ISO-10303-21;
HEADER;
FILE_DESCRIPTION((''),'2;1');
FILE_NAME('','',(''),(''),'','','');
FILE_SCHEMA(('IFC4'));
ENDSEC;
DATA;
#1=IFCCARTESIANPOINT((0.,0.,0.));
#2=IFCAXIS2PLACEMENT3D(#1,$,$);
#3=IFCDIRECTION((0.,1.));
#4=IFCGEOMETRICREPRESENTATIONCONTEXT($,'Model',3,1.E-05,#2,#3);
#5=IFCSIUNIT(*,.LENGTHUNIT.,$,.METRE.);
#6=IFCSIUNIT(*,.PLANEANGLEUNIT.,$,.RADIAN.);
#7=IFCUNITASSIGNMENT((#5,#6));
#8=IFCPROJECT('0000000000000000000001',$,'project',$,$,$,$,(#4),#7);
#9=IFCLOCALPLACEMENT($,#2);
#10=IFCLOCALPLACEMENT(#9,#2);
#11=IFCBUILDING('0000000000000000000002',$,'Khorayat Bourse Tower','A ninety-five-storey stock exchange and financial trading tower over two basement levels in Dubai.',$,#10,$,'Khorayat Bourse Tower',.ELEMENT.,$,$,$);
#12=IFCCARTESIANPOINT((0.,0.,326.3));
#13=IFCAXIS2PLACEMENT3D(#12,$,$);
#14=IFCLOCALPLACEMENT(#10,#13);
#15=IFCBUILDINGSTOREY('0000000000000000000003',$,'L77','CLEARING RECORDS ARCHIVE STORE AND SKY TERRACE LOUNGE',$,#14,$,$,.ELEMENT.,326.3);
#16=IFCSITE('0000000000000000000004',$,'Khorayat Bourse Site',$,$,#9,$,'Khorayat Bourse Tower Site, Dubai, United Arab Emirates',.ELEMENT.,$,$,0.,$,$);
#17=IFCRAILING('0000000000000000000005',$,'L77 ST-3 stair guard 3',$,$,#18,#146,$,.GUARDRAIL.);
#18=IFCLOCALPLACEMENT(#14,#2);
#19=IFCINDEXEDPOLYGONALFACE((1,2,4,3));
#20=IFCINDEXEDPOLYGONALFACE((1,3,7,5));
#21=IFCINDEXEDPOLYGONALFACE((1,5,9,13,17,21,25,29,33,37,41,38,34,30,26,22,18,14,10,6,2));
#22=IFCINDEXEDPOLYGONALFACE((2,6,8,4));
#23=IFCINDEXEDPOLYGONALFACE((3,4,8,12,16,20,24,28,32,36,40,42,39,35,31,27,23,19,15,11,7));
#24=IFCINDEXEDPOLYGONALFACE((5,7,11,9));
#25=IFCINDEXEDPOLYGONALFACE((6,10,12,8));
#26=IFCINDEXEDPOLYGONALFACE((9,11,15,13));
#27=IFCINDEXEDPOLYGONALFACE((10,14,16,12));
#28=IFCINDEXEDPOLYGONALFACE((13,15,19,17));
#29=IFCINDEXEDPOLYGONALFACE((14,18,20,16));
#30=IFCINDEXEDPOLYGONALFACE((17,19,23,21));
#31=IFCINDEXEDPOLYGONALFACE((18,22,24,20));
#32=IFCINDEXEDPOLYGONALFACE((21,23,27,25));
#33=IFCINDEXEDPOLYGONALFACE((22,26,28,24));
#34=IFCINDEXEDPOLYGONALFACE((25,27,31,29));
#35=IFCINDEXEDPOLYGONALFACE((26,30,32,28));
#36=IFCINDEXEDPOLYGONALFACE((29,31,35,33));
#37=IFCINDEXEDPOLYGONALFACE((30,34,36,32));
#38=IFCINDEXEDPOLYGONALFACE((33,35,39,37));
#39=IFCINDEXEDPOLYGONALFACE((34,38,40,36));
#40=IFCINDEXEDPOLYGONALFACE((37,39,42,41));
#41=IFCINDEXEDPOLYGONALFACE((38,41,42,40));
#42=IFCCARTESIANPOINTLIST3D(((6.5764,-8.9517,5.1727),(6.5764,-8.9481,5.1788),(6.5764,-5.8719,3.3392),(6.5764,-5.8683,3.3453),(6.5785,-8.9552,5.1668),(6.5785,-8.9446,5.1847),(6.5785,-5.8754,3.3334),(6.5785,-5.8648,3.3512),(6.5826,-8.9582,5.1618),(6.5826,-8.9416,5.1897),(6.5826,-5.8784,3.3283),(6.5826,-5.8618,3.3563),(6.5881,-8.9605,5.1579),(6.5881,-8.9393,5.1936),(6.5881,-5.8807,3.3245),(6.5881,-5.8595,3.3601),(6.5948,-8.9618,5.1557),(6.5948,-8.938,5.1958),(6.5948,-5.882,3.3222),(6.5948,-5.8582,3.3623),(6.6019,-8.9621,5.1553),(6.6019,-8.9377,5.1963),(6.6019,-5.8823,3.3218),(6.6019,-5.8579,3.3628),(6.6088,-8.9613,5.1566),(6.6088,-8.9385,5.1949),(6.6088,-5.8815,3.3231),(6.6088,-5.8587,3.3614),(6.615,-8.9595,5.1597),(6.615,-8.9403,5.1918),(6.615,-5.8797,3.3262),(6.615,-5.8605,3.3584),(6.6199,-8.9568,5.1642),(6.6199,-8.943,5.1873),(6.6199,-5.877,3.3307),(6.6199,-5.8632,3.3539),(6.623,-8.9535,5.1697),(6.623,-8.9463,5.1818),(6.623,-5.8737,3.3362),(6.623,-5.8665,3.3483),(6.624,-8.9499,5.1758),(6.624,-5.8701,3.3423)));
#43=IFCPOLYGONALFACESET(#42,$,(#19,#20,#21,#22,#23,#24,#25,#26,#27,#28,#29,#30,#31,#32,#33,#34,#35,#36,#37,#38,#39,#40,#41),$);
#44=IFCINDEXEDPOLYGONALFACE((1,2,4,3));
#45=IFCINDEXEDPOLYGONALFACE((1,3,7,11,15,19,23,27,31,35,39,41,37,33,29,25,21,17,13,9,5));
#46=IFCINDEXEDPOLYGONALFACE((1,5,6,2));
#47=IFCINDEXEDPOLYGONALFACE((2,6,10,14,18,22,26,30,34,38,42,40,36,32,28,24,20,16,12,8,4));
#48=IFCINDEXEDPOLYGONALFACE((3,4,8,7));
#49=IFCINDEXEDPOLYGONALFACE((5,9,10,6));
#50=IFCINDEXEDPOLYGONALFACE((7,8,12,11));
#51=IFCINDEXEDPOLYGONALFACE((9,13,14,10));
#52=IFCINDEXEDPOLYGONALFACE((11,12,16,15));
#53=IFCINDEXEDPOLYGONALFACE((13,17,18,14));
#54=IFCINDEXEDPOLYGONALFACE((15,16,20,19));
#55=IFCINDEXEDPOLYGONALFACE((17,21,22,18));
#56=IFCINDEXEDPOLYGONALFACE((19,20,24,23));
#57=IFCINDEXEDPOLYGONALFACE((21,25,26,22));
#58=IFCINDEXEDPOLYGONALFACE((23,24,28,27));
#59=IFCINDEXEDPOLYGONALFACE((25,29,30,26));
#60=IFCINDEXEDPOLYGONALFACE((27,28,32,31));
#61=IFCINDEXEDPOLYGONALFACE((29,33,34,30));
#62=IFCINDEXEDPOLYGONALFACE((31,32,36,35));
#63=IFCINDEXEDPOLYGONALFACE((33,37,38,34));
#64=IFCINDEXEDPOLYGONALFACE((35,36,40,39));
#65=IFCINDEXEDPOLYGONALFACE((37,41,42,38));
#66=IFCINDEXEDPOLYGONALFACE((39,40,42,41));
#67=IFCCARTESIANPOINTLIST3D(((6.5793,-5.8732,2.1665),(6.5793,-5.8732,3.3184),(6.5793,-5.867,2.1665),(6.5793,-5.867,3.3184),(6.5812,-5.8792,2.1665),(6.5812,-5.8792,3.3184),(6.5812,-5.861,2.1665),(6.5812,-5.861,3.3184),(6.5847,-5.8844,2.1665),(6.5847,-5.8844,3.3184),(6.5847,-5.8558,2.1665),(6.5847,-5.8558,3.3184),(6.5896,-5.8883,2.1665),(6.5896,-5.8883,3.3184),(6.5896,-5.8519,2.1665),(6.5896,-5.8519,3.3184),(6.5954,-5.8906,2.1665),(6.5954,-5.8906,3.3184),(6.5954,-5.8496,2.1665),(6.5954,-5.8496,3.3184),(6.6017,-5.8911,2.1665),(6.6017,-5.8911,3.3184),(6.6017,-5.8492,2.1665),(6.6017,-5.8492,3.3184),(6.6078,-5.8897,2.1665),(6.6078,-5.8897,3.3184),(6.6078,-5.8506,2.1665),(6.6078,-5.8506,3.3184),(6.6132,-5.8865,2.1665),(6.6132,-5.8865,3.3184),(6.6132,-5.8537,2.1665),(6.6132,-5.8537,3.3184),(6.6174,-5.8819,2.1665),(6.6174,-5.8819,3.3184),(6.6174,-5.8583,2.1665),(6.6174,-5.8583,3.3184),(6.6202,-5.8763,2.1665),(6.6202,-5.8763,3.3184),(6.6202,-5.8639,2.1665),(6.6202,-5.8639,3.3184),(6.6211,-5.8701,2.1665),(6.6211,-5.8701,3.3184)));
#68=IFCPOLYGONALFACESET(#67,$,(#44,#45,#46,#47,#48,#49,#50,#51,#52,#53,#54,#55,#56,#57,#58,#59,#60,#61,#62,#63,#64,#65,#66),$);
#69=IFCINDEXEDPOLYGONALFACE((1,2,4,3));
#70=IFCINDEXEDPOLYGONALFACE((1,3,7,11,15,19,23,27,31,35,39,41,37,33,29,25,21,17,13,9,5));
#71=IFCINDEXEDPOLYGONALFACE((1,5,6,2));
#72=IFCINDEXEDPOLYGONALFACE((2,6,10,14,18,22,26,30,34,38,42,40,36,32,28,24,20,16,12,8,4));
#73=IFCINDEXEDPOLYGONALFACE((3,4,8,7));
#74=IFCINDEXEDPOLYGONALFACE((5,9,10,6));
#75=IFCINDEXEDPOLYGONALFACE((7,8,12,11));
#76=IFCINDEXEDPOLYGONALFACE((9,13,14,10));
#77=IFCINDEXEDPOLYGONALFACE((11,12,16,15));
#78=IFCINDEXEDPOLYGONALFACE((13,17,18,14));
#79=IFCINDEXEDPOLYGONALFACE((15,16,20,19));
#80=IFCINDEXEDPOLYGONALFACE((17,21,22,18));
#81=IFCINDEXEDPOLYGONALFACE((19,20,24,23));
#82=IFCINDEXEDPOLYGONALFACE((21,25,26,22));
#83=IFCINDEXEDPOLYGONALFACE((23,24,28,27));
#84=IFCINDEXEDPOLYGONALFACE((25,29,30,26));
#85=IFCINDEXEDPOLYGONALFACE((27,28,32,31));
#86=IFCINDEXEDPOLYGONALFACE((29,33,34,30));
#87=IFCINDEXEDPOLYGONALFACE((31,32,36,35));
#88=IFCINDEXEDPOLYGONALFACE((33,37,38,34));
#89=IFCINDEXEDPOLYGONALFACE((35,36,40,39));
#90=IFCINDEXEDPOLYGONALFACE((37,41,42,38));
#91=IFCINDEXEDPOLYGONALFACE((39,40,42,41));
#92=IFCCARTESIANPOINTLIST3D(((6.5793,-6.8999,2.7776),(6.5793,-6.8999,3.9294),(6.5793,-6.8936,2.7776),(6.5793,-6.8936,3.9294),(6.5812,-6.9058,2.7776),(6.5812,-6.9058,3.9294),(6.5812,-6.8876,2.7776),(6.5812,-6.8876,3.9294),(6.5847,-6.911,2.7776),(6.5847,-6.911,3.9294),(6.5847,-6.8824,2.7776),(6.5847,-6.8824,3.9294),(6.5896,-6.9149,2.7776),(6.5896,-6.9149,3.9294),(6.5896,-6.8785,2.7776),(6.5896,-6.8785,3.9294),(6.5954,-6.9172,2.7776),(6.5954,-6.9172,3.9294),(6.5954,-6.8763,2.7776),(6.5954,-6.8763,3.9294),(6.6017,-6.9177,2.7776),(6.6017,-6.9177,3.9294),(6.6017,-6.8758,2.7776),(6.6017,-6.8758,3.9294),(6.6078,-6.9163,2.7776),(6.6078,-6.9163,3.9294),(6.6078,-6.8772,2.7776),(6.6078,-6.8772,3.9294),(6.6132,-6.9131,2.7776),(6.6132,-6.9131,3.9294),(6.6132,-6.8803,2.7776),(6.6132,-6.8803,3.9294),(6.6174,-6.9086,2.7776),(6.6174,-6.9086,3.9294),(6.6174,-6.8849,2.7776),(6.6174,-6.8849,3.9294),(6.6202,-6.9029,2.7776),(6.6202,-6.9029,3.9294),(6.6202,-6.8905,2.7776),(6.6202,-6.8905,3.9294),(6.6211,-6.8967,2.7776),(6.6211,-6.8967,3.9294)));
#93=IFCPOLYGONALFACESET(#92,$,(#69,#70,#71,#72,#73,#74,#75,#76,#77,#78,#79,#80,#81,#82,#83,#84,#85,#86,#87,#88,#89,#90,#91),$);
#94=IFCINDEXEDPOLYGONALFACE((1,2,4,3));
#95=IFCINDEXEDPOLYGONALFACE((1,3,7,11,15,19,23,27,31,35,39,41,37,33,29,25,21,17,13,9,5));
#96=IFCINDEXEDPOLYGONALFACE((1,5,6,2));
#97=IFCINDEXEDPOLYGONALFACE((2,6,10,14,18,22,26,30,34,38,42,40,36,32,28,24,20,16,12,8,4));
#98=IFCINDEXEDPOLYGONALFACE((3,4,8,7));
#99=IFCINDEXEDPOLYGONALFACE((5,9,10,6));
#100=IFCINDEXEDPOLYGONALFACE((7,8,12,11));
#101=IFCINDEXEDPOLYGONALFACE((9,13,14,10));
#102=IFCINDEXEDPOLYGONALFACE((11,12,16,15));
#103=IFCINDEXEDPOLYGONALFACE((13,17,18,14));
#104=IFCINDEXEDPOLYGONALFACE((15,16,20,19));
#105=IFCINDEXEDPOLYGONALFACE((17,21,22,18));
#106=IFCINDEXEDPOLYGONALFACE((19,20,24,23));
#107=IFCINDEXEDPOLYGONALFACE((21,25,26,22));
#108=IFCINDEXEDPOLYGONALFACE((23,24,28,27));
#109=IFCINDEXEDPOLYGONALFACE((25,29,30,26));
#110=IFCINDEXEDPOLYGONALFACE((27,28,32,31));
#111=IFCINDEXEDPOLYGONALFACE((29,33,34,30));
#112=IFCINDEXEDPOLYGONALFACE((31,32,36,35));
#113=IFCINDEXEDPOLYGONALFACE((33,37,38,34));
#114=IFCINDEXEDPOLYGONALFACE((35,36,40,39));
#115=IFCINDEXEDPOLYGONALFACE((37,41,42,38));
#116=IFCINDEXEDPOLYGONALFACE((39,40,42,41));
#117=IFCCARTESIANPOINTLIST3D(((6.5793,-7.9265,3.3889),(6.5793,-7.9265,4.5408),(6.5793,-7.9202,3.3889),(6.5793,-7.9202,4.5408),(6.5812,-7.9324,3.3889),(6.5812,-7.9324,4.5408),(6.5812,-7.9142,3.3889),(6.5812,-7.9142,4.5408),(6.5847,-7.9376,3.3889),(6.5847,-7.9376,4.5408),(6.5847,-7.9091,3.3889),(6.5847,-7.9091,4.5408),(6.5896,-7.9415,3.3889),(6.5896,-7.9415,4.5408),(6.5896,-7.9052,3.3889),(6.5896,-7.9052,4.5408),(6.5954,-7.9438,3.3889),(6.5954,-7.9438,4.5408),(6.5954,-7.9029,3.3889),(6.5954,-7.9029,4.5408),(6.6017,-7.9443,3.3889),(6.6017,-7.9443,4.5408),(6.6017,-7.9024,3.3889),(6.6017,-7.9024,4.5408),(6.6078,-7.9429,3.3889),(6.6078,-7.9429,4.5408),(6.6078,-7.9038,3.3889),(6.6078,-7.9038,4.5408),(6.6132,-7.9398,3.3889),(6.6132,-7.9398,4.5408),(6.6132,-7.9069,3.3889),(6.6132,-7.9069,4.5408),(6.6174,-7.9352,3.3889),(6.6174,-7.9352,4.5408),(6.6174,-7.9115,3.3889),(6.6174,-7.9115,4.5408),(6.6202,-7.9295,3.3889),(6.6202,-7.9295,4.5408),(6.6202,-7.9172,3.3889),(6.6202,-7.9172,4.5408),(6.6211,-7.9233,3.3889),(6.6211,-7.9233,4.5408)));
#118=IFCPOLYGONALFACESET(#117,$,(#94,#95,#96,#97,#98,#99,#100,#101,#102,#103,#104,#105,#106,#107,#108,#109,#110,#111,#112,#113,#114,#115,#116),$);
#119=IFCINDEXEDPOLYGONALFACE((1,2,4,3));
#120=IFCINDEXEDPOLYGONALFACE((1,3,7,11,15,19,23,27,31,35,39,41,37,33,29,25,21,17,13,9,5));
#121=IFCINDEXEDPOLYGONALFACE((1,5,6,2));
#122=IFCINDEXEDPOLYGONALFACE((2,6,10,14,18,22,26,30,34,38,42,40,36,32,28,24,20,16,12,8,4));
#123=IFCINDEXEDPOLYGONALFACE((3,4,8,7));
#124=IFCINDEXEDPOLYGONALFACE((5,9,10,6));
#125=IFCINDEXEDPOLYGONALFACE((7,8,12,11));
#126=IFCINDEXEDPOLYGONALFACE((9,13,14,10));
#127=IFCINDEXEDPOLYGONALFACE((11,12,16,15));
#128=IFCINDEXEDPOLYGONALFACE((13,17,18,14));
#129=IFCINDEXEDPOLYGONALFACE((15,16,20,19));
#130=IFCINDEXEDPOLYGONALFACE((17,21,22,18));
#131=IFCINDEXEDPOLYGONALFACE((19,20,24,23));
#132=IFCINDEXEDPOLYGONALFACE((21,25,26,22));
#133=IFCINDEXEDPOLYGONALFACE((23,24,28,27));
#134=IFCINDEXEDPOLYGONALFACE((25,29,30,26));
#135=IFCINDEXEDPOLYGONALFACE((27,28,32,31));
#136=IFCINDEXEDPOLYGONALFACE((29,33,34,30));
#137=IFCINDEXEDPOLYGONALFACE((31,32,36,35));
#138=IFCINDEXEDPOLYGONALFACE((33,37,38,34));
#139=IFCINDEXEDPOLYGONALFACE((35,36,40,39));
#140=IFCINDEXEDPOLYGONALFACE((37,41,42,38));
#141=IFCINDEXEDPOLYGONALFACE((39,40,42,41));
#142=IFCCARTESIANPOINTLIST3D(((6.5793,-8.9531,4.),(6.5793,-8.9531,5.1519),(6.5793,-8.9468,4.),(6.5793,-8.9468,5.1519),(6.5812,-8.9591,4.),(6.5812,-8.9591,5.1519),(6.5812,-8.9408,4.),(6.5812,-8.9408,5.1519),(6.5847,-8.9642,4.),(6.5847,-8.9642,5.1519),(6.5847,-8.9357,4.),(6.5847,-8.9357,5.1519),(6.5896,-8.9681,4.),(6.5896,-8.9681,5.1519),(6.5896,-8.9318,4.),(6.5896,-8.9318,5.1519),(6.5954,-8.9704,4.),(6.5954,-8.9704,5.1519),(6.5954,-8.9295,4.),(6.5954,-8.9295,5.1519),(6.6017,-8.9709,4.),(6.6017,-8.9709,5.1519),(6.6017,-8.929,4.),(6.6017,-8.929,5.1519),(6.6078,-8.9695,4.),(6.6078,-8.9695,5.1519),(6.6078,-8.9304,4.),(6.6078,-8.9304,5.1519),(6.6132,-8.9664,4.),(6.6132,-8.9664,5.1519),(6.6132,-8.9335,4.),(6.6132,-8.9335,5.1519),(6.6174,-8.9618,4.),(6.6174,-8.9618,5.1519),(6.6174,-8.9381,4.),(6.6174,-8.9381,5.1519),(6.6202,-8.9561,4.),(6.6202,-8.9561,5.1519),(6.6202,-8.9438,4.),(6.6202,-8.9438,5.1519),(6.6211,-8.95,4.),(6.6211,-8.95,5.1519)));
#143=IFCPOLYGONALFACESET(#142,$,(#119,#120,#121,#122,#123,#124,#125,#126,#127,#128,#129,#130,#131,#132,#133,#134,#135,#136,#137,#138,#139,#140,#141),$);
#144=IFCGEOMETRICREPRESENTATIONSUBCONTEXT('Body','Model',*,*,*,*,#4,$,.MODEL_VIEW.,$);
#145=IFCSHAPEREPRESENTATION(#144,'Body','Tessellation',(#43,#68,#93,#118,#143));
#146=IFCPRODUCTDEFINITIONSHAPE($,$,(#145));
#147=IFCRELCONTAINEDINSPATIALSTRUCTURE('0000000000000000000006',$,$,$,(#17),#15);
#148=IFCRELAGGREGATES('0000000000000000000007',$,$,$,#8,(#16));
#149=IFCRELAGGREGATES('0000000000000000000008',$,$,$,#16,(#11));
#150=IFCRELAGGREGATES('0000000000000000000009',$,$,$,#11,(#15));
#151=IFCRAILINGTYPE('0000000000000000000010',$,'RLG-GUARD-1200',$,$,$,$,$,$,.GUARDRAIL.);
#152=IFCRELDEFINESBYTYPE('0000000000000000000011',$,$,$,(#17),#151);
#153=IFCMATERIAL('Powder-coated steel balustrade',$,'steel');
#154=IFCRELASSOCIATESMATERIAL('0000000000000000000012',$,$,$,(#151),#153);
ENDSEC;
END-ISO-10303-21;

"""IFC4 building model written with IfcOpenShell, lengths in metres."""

from ifc_helpers import new_model, si_unit, direction, frame, origin, origin_2d, place, context, subcontext, project, spatial, circle, extrude, source, transform, mapped, material, type_object, element, save


model = new_model("IFC4")

# Units and contexts
model_context = context("Model", 3, precision=1e-05, world=origin(), true_north=direction((0.0, 1.0)))
body_context = subcontext(model_context, "Body", "Model", "MODEL_VIEW")
ifc_project = project(units=[si_unit("LENGTHUNIT", "METRE"), si_unit("PLANEANGLEUNIT", "RADIAN")], contexts=[model_context])

# Site, building, storey
site_placement = place(None, origin())
site = spatial("IfcSite", under=ifc_project, at=site_placement, Name="Khorayat Bourse Site", LongName="Khorayat Bourse Tower Site, Dubai, United Arab Emirates", CompositionType="ELEMENT", RefElevation=0.0)
building_placement = place(site_placement, origin())
building = spatial("IfcBuilding", under=site, at=building_placement, Name="Khorayat Bourse Tower", Description="A ninety-five-storey stock exchange and financial trading tower over two basement levels in Dubai.", LongName="Khorayat Bourse Tower", CompositionType="ELEMENT")
storey_placement = place(building_placement, frame((0.0, 0.0, 326.3)))
storey = spatial("IfcBuildingStorey", under=building, at=storey_placement, Name="L77", Description="CLEARING RECORDS ARCHIVE STORE AND SKY TERRACE LOUNGE", CompositionType="ELEMENT", Elevation=326.3)

# Railing
ifc_material_1 = material(Name="Powder-coated steel balustrade", Category="steel")
railing_type_1 = type_object("IfcRailingType", Name="RLG-GUARD-1200", PredefinedType="GUARDRAIL", material=ifc_material_1)
shared_shape_1 = source(origin(), body_context, "Body", "SweptSolid", [
    extrude(circle(Radius=0.0239, at=origin_2d()), frame((0.0, 0.0, 1.1758), z_axis=(0.0, -0.859261, 0.511538), x_axis=(1.0, 0.0, 0.0)), (0.0, 0.0, 1.0), 3.5842),
    extrude(circle(Radius=0.021, at=origin_2d()), origin(), (0.0, 0.0, 1.0), 1.1519),
    extrude(circle(Radius=0.021, at=origin_2d()), frame((0.0, -1.0266, 0.6111)), (0.0, 0.0, 1.0), 1.1519),
    extrude(circle(Radius=0.021, at=origin_2d()), frame((0.0, -2.0532, 1.2224)), (0.0, 0.0, 1.0), 1.1519),
    extrude(circle(Radius=0.021, at=origin_2d()), frame((0.0, -3.0798, 1.8335)), (0.0, 0.0, 1.0), 1.1519),
])
railing_1_placement = place(storey_placement, frame((6.6001, -5.8701, 2.1665)))
element("IfcRailing", 1, at=railing_1_placement, inside=storey, type_object=railing_type_1, Name="L77 ST-3 stair guard 3", PredefinedType="GUARDRAIL", context=body_context, shape_type="MappedRepresentation", body=[
    mapped(shared_shape_1, transform((0.0, 0.0, 0.0), scale=1.0)),
])

save(model, "model.ifc")
